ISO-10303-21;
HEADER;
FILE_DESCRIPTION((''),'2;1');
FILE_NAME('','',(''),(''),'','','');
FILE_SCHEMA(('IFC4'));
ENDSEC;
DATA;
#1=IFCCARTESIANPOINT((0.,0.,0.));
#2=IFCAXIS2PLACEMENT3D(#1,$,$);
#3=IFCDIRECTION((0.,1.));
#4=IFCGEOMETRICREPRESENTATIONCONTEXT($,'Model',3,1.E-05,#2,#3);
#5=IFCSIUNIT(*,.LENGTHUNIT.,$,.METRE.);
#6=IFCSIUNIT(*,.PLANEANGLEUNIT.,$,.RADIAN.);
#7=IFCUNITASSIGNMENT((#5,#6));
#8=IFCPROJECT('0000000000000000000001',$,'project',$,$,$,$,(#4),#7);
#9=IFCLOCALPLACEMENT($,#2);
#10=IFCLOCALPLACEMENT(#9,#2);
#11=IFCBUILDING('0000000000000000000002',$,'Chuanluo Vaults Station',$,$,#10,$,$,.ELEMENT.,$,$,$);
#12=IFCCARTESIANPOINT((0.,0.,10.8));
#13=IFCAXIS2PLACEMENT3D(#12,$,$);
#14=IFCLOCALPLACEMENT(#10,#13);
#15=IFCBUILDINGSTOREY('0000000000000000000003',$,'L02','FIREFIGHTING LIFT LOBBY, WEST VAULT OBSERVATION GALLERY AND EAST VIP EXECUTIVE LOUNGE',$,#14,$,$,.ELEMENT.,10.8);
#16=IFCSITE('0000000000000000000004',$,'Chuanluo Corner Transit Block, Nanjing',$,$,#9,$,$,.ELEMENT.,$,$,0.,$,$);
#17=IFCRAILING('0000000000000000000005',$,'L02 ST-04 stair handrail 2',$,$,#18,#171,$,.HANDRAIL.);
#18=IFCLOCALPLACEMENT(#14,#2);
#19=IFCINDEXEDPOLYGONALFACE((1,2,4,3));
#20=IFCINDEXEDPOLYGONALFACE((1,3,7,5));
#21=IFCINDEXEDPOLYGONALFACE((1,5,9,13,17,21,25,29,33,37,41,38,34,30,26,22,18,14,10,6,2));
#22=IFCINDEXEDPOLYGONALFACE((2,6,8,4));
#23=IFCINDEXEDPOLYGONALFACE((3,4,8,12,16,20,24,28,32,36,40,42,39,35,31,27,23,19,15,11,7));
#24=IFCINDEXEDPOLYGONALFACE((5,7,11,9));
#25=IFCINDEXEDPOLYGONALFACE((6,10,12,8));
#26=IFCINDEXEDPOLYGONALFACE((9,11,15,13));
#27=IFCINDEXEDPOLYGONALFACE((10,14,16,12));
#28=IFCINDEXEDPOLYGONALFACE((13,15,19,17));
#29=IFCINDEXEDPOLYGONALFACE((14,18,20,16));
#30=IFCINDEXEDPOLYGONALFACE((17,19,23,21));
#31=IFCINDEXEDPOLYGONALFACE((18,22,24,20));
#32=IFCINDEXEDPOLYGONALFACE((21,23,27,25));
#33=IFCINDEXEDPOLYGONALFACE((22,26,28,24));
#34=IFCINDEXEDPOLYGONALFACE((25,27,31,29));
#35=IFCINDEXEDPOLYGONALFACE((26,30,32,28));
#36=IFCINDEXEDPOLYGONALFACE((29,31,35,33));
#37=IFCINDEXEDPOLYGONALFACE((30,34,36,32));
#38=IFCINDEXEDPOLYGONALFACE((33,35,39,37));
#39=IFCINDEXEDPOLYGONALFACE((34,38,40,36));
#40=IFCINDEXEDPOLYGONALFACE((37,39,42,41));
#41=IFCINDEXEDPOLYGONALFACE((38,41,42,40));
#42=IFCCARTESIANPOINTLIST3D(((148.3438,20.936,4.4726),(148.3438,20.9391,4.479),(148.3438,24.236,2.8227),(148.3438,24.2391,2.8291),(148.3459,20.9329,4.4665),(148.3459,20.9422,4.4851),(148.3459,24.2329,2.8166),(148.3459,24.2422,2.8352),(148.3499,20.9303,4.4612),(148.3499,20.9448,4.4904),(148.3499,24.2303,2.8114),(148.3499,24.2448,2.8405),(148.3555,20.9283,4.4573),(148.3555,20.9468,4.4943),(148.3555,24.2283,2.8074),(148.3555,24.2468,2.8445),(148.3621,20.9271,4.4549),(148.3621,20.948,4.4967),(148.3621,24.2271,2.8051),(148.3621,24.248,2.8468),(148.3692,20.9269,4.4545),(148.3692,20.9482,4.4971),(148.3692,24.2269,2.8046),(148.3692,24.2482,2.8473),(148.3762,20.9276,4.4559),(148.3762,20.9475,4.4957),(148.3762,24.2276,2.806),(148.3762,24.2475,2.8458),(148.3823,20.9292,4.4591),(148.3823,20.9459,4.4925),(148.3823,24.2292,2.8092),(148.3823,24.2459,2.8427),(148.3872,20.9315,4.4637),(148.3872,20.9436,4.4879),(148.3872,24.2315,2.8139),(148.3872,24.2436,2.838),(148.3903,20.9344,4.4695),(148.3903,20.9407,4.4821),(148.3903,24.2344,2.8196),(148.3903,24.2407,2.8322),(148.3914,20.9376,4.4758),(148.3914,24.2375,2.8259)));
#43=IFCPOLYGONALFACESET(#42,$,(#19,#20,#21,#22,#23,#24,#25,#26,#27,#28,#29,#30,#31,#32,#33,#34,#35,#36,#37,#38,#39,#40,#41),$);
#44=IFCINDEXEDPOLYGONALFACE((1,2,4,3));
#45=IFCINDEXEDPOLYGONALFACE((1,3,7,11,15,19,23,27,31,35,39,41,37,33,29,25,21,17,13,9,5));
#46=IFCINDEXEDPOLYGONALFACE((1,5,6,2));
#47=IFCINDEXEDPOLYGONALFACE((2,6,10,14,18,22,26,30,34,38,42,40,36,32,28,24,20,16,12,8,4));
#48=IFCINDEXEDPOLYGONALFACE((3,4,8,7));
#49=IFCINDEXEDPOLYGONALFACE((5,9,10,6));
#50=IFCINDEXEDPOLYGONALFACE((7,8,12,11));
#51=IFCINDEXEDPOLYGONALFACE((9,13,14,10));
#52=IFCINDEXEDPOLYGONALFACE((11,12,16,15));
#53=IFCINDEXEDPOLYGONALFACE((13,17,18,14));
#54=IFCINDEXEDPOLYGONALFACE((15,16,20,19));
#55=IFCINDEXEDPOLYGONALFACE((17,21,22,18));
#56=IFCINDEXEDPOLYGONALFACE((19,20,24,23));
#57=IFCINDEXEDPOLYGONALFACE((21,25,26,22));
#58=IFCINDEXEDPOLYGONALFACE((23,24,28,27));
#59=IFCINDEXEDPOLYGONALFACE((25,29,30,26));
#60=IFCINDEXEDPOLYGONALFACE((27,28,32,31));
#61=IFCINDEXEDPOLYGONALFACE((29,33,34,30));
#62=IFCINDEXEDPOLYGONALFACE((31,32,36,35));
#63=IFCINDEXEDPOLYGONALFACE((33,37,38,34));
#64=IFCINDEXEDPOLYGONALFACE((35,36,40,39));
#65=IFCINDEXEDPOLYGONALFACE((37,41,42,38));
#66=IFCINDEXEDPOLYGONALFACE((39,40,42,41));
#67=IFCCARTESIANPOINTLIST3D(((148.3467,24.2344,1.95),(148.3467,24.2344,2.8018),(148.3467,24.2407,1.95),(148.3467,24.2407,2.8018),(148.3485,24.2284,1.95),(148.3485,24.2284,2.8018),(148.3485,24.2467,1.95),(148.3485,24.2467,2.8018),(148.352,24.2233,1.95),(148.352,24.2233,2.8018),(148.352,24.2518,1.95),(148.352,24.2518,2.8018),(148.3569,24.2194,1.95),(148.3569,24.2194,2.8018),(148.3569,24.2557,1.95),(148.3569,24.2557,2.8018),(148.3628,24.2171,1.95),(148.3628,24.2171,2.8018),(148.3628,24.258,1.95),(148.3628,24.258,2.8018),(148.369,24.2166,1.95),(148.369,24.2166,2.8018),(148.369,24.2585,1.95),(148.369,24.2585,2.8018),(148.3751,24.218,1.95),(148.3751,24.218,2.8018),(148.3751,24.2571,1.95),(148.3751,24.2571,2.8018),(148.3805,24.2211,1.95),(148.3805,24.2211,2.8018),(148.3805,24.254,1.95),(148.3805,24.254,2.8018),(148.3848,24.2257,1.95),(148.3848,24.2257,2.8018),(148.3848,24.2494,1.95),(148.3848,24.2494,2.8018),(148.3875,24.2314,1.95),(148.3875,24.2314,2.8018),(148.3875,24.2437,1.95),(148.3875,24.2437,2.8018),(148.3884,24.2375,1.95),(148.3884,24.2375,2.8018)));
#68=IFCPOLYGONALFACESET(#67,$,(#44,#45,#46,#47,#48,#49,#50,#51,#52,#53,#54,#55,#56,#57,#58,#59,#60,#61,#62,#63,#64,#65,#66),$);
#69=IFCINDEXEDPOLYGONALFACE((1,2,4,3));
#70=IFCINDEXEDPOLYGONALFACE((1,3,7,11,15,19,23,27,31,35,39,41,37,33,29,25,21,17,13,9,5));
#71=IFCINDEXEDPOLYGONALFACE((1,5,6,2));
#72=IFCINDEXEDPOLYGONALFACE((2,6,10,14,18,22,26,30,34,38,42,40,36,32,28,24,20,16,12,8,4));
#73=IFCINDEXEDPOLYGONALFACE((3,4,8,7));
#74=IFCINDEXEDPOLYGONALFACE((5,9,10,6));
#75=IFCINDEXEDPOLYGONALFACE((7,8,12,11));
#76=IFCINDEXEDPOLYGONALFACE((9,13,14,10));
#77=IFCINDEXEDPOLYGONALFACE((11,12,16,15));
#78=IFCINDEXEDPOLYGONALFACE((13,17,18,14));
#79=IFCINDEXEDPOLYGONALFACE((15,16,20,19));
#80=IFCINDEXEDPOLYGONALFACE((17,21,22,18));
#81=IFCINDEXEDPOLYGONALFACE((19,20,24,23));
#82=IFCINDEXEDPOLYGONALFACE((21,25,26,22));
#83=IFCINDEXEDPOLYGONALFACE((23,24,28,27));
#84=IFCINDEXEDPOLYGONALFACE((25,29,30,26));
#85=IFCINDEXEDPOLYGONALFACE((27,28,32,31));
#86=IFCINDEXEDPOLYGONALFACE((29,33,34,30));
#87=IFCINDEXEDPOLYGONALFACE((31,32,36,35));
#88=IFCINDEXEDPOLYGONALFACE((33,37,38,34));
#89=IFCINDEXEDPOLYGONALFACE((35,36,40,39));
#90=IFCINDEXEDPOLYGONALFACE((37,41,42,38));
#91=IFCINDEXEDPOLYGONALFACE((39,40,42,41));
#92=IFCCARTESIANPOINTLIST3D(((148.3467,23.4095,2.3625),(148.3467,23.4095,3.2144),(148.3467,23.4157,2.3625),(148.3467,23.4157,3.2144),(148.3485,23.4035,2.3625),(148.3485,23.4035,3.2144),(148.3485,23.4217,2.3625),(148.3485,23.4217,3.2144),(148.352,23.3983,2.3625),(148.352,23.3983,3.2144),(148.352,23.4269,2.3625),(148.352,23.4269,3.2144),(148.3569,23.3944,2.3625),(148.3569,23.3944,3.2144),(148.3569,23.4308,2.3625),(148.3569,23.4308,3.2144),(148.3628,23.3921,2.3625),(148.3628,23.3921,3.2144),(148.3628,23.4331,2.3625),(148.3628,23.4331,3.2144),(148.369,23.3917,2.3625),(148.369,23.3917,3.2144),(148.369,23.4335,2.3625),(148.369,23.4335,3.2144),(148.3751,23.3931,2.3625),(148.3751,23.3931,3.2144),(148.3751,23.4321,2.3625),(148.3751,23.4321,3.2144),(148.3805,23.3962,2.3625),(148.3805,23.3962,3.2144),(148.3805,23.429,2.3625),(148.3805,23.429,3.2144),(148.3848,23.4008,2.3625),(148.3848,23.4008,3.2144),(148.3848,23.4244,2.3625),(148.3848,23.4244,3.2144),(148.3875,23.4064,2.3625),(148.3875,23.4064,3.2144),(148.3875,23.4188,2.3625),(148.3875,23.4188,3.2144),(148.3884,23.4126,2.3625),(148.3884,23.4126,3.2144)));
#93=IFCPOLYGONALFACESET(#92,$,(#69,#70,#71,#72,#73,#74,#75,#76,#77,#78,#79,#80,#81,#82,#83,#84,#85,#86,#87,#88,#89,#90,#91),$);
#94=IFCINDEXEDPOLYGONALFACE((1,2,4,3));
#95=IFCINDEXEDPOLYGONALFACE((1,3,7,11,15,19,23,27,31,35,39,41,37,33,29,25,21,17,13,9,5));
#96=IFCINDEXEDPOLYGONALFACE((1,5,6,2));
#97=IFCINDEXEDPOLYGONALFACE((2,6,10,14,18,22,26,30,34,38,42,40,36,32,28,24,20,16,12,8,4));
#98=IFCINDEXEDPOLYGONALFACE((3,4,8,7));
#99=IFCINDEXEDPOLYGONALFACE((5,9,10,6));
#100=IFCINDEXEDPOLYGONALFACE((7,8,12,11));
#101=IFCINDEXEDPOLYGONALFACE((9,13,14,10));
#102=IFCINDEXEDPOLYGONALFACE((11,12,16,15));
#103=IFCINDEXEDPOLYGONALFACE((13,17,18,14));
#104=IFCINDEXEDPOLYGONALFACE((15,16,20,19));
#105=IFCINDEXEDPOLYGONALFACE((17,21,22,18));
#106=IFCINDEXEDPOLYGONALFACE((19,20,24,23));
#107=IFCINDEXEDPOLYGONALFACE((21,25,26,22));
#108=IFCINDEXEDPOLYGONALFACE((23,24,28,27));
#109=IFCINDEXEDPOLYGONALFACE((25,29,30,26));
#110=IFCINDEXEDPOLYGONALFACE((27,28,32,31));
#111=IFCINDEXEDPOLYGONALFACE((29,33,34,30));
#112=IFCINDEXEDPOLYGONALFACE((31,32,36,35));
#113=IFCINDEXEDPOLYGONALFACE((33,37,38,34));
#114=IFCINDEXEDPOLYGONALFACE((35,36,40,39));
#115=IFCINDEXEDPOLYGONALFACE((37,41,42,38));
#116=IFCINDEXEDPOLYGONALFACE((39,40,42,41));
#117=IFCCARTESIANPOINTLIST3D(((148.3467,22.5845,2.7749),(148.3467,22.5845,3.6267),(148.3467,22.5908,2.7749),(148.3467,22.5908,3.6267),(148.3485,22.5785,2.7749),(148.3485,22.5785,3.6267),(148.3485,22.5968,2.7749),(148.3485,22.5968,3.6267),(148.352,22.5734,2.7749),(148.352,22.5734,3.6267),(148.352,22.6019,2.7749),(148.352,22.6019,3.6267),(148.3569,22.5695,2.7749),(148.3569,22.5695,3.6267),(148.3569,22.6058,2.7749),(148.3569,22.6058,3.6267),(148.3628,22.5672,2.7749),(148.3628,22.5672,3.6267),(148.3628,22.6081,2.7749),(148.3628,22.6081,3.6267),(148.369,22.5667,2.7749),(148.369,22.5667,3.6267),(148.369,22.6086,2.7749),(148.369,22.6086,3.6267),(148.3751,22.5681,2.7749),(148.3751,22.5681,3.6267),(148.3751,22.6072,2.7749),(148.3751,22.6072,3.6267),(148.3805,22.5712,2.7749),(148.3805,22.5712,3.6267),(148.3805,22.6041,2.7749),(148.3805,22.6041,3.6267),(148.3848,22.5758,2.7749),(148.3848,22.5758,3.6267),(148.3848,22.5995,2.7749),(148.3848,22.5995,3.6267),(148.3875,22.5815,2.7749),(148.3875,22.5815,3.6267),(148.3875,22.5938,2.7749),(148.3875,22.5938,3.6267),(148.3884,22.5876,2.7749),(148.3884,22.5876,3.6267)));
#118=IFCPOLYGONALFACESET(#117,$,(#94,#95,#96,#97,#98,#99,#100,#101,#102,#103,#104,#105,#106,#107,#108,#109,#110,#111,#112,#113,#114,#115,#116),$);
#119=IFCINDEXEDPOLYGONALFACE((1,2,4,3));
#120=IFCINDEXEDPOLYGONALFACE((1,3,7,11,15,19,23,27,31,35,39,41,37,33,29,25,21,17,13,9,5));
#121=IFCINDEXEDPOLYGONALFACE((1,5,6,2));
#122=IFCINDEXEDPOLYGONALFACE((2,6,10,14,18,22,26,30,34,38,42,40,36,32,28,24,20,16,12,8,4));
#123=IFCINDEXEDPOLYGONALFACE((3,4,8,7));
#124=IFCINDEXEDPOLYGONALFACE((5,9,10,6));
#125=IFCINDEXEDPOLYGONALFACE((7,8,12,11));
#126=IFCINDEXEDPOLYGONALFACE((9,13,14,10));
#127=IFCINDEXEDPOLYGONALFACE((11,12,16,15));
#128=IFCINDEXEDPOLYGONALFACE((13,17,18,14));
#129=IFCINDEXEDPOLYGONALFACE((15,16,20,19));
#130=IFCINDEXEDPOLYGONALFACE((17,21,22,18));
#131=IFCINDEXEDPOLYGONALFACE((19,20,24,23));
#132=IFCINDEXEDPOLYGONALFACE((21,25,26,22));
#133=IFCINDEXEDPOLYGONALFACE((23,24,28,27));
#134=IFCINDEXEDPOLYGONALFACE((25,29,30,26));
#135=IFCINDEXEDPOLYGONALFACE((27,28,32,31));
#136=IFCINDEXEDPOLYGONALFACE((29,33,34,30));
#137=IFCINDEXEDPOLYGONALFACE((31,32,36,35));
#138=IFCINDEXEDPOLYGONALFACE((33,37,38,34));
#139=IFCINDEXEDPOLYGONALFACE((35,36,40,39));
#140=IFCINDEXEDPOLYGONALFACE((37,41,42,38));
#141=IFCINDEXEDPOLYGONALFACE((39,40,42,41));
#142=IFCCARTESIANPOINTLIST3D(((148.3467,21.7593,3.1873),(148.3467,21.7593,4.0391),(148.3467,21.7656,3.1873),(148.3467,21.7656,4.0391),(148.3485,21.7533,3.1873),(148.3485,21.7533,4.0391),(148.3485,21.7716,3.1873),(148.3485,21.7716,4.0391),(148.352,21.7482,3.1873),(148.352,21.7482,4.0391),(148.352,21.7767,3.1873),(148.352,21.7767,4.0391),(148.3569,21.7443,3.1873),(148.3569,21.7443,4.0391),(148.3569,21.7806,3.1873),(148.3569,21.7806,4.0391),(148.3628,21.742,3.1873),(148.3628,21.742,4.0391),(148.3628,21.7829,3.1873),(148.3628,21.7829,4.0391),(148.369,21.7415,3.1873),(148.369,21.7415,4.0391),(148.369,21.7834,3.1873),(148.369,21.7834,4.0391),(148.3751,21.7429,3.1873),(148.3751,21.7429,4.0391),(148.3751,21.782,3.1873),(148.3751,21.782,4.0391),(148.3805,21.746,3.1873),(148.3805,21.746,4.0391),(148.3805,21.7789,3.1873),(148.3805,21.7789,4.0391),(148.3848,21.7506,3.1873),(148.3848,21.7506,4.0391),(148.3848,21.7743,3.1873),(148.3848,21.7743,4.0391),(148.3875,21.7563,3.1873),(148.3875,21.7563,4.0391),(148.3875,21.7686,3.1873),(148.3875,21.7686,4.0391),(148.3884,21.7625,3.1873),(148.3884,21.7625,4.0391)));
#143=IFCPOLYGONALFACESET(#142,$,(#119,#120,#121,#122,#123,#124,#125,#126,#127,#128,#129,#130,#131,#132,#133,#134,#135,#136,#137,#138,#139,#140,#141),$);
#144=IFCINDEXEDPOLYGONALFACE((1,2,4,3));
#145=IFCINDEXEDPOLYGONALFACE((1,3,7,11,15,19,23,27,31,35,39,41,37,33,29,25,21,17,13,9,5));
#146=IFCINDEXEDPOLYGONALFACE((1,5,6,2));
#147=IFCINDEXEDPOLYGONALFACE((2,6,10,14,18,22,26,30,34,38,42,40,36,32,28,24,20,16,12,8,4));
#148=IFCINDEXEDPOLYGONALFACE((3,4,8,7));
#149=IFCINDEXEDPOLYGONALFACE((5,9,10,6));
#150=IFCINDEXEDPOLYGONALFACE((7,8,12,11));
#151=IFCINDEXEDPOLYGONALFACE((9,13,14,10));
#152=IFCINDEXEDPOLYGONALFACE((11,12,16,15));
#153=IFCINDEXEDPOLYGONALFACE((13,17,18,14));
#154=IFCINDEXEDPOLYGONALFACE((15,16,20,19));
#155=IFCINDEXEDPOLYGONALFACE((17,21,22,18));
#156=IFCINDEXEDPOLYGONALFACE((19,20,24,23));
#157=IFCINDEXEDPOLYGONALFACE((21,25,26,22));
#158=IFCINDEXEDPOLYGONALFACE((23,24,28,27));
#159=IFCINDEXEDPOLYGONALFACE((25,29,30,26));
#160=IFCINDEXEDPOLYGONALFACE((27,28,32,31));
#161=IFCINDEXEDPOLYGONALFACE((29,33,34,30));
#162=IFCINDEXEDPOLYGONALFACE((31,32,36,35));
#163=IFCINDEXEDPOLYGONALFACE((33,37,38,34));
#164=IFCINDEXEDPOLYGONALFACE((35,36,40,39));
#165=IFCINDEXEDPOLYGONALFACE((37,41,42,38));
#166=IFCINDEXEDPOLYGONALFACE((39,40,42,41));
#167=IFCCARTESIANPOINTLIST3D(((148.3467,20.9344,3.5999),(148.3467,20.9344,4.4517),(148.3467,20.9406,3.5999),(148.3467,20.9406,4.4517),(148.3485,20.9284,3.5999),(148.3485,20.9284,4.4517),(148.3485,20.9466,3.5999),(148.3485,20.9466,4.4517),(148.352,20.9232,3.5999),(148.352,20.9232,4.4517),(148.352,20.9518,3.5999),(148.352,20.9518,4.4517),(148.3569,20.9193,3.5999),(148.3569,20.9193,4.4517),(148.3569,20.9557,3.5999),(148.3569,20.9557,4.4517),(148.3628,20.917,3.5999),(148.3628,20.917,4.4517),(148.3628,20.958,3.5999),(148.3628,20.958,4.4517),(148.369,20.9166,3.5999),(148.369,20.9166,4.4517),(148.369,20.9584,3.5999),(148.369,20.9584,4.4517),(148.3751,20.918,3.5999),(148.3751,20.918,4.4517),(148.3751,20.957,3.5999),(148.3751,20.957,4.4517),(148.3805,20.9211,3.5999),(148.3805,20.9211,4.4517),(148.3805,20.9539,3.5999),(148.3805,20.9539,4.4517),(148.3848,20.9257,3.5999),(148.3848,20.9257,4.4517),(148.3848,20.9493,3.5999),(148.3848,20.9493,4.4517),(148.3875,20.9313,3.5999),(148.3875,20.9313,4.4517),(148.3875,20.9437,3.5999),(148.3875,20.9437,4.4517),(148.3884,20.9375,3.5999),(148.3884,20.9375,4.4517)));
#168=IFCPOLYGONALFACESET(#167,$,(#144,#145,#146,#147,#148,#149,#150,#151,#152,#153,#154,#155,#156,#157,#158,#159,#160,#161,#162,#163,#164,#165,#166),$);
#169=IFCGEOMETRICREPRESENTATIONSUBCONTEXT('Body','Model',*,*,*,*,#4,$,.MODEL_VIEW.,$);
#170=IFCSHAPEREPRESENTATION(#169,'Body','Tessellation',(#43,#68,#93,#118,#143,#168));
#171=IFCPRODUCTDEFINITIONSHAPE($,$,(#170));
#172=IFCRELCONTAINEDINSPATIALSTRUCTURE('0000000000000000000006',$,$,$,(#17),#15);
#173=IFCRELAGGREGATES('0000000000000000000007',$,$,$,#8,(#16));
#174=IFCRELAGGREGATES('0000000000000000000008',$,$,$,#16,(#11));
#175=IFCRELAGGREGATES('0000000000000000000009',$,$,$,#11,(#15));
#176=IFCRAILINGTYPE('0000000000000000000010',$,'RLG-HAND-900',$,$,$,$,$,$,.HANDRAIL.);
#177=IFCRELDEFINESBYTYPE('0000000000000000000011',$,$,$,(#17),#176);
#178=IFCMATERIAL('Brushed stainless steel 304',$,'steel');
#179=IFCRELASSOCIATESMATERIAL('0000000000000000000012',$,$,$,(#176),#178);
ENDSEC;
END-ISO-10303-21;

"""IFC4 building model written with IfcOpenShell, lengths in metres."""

from ifc_helpers import new_model, si_unit, direction, frame, origin, origin_2d, place, context, subcontext, project, spatial, circle, extrude, material, type_object, element, save


model = new_model("IFC4")

# Units and contexts
model_context = context("Model", 3, precision=1e-05, world=origin(), true_north=direction((0.0, 1.0)))
body_context = subcontext(model_context, "Body", "Model", "MODEL_VIEW")
ifc_project = project(units=[si_unit("LENGTHUNIT", "METRE"), si_unit("PLANEANGLEUNIT", "RADIAN")], contexts=[model_context])

# Site, building, storey
site_placement = place(None, origin())
site = spatial("IfcSite", under=ifc_project, at=site_placement, Name="Chuanluo Corner Transit Block, Nanjing", CompositionType="ELEMENT", RefElevation=0.0)
building_placement = place(site_placement, origin())
building = spatial("IfcBuilding", under=site, at=building_placement, Name="Chuanluo Vaults Station", CompositionType="ELEMENT")
storey_placement = place(building_placement, frame((0.0, 0.0, 10.8)))
storey = spatial("IfcBuildingStorey", under=building, at=storey_placement, Name="L02", Description="FIREFIGHTING LIFT LOBBY, WEST VAULT OBSERVATION GALLERY AND EAST VIP EXECUTIVE LOUNGE", CompositionType="ELEMENT", Elevation=10.8)

# Railing
ifc_material_1 = material(Name="Brushed stainless steel 304", Category="steel")
railing_type_1 = type_object("IfcRailingType", Name="RLG-HAND-900", PredefinedType="HANDRAIL", material=ifc_material_1)
railing_1_placement = place(storey_placement, frame((148.3674, 24.2375, 1.95)))
element("IfcRailing", 1, at=railing_1_placement, inside=storey, type_object=railing_type_1, Name="L02 ST-04 stair handrail 2", PredefinedType="HANDRAIL", context=body_context, shape_type="SweptSolid", body=[
    extrude(circle(Radius=0.0239, at=origin_2d()), frame((0.0, 0.0, 0.876), z_axis=(0.0, -0.89444, 0.447187), x_axis=(1.0, 0.0, 0.0)), (0.0, 0.0, 1.0), 3.6895),
    extrude(circle(Radius=0.021, at=origin_2d()), origin(), (0.0, 0.0, 1.0), 0.8518),
    extrude(circle(Radius=0.021, at=origin_2d()), frame((0.0, -0.825, 0.4126)), (0.0, 0.0, 1.0), 0.8518),
    extrude(circle(Radius=0.021, at=origin_2d()), frame((0.0, -1.6499, 0.825)), (0.0, 0.0, 1.0), 0.8518),
    extrude(circle(Radius=0.021, at=origin_2d()), frame((0.0, -2.4751, 1.2373)), (0.0, 0.0, 1.0), 0.8518),
    extrude(circle(Radius=0.021, at=origin_2d()), frame((0.0, -3.3, 1.6499)), (0.0, 0.0, 1.0), 0.8518),
])

save(model, "model.ifc")
